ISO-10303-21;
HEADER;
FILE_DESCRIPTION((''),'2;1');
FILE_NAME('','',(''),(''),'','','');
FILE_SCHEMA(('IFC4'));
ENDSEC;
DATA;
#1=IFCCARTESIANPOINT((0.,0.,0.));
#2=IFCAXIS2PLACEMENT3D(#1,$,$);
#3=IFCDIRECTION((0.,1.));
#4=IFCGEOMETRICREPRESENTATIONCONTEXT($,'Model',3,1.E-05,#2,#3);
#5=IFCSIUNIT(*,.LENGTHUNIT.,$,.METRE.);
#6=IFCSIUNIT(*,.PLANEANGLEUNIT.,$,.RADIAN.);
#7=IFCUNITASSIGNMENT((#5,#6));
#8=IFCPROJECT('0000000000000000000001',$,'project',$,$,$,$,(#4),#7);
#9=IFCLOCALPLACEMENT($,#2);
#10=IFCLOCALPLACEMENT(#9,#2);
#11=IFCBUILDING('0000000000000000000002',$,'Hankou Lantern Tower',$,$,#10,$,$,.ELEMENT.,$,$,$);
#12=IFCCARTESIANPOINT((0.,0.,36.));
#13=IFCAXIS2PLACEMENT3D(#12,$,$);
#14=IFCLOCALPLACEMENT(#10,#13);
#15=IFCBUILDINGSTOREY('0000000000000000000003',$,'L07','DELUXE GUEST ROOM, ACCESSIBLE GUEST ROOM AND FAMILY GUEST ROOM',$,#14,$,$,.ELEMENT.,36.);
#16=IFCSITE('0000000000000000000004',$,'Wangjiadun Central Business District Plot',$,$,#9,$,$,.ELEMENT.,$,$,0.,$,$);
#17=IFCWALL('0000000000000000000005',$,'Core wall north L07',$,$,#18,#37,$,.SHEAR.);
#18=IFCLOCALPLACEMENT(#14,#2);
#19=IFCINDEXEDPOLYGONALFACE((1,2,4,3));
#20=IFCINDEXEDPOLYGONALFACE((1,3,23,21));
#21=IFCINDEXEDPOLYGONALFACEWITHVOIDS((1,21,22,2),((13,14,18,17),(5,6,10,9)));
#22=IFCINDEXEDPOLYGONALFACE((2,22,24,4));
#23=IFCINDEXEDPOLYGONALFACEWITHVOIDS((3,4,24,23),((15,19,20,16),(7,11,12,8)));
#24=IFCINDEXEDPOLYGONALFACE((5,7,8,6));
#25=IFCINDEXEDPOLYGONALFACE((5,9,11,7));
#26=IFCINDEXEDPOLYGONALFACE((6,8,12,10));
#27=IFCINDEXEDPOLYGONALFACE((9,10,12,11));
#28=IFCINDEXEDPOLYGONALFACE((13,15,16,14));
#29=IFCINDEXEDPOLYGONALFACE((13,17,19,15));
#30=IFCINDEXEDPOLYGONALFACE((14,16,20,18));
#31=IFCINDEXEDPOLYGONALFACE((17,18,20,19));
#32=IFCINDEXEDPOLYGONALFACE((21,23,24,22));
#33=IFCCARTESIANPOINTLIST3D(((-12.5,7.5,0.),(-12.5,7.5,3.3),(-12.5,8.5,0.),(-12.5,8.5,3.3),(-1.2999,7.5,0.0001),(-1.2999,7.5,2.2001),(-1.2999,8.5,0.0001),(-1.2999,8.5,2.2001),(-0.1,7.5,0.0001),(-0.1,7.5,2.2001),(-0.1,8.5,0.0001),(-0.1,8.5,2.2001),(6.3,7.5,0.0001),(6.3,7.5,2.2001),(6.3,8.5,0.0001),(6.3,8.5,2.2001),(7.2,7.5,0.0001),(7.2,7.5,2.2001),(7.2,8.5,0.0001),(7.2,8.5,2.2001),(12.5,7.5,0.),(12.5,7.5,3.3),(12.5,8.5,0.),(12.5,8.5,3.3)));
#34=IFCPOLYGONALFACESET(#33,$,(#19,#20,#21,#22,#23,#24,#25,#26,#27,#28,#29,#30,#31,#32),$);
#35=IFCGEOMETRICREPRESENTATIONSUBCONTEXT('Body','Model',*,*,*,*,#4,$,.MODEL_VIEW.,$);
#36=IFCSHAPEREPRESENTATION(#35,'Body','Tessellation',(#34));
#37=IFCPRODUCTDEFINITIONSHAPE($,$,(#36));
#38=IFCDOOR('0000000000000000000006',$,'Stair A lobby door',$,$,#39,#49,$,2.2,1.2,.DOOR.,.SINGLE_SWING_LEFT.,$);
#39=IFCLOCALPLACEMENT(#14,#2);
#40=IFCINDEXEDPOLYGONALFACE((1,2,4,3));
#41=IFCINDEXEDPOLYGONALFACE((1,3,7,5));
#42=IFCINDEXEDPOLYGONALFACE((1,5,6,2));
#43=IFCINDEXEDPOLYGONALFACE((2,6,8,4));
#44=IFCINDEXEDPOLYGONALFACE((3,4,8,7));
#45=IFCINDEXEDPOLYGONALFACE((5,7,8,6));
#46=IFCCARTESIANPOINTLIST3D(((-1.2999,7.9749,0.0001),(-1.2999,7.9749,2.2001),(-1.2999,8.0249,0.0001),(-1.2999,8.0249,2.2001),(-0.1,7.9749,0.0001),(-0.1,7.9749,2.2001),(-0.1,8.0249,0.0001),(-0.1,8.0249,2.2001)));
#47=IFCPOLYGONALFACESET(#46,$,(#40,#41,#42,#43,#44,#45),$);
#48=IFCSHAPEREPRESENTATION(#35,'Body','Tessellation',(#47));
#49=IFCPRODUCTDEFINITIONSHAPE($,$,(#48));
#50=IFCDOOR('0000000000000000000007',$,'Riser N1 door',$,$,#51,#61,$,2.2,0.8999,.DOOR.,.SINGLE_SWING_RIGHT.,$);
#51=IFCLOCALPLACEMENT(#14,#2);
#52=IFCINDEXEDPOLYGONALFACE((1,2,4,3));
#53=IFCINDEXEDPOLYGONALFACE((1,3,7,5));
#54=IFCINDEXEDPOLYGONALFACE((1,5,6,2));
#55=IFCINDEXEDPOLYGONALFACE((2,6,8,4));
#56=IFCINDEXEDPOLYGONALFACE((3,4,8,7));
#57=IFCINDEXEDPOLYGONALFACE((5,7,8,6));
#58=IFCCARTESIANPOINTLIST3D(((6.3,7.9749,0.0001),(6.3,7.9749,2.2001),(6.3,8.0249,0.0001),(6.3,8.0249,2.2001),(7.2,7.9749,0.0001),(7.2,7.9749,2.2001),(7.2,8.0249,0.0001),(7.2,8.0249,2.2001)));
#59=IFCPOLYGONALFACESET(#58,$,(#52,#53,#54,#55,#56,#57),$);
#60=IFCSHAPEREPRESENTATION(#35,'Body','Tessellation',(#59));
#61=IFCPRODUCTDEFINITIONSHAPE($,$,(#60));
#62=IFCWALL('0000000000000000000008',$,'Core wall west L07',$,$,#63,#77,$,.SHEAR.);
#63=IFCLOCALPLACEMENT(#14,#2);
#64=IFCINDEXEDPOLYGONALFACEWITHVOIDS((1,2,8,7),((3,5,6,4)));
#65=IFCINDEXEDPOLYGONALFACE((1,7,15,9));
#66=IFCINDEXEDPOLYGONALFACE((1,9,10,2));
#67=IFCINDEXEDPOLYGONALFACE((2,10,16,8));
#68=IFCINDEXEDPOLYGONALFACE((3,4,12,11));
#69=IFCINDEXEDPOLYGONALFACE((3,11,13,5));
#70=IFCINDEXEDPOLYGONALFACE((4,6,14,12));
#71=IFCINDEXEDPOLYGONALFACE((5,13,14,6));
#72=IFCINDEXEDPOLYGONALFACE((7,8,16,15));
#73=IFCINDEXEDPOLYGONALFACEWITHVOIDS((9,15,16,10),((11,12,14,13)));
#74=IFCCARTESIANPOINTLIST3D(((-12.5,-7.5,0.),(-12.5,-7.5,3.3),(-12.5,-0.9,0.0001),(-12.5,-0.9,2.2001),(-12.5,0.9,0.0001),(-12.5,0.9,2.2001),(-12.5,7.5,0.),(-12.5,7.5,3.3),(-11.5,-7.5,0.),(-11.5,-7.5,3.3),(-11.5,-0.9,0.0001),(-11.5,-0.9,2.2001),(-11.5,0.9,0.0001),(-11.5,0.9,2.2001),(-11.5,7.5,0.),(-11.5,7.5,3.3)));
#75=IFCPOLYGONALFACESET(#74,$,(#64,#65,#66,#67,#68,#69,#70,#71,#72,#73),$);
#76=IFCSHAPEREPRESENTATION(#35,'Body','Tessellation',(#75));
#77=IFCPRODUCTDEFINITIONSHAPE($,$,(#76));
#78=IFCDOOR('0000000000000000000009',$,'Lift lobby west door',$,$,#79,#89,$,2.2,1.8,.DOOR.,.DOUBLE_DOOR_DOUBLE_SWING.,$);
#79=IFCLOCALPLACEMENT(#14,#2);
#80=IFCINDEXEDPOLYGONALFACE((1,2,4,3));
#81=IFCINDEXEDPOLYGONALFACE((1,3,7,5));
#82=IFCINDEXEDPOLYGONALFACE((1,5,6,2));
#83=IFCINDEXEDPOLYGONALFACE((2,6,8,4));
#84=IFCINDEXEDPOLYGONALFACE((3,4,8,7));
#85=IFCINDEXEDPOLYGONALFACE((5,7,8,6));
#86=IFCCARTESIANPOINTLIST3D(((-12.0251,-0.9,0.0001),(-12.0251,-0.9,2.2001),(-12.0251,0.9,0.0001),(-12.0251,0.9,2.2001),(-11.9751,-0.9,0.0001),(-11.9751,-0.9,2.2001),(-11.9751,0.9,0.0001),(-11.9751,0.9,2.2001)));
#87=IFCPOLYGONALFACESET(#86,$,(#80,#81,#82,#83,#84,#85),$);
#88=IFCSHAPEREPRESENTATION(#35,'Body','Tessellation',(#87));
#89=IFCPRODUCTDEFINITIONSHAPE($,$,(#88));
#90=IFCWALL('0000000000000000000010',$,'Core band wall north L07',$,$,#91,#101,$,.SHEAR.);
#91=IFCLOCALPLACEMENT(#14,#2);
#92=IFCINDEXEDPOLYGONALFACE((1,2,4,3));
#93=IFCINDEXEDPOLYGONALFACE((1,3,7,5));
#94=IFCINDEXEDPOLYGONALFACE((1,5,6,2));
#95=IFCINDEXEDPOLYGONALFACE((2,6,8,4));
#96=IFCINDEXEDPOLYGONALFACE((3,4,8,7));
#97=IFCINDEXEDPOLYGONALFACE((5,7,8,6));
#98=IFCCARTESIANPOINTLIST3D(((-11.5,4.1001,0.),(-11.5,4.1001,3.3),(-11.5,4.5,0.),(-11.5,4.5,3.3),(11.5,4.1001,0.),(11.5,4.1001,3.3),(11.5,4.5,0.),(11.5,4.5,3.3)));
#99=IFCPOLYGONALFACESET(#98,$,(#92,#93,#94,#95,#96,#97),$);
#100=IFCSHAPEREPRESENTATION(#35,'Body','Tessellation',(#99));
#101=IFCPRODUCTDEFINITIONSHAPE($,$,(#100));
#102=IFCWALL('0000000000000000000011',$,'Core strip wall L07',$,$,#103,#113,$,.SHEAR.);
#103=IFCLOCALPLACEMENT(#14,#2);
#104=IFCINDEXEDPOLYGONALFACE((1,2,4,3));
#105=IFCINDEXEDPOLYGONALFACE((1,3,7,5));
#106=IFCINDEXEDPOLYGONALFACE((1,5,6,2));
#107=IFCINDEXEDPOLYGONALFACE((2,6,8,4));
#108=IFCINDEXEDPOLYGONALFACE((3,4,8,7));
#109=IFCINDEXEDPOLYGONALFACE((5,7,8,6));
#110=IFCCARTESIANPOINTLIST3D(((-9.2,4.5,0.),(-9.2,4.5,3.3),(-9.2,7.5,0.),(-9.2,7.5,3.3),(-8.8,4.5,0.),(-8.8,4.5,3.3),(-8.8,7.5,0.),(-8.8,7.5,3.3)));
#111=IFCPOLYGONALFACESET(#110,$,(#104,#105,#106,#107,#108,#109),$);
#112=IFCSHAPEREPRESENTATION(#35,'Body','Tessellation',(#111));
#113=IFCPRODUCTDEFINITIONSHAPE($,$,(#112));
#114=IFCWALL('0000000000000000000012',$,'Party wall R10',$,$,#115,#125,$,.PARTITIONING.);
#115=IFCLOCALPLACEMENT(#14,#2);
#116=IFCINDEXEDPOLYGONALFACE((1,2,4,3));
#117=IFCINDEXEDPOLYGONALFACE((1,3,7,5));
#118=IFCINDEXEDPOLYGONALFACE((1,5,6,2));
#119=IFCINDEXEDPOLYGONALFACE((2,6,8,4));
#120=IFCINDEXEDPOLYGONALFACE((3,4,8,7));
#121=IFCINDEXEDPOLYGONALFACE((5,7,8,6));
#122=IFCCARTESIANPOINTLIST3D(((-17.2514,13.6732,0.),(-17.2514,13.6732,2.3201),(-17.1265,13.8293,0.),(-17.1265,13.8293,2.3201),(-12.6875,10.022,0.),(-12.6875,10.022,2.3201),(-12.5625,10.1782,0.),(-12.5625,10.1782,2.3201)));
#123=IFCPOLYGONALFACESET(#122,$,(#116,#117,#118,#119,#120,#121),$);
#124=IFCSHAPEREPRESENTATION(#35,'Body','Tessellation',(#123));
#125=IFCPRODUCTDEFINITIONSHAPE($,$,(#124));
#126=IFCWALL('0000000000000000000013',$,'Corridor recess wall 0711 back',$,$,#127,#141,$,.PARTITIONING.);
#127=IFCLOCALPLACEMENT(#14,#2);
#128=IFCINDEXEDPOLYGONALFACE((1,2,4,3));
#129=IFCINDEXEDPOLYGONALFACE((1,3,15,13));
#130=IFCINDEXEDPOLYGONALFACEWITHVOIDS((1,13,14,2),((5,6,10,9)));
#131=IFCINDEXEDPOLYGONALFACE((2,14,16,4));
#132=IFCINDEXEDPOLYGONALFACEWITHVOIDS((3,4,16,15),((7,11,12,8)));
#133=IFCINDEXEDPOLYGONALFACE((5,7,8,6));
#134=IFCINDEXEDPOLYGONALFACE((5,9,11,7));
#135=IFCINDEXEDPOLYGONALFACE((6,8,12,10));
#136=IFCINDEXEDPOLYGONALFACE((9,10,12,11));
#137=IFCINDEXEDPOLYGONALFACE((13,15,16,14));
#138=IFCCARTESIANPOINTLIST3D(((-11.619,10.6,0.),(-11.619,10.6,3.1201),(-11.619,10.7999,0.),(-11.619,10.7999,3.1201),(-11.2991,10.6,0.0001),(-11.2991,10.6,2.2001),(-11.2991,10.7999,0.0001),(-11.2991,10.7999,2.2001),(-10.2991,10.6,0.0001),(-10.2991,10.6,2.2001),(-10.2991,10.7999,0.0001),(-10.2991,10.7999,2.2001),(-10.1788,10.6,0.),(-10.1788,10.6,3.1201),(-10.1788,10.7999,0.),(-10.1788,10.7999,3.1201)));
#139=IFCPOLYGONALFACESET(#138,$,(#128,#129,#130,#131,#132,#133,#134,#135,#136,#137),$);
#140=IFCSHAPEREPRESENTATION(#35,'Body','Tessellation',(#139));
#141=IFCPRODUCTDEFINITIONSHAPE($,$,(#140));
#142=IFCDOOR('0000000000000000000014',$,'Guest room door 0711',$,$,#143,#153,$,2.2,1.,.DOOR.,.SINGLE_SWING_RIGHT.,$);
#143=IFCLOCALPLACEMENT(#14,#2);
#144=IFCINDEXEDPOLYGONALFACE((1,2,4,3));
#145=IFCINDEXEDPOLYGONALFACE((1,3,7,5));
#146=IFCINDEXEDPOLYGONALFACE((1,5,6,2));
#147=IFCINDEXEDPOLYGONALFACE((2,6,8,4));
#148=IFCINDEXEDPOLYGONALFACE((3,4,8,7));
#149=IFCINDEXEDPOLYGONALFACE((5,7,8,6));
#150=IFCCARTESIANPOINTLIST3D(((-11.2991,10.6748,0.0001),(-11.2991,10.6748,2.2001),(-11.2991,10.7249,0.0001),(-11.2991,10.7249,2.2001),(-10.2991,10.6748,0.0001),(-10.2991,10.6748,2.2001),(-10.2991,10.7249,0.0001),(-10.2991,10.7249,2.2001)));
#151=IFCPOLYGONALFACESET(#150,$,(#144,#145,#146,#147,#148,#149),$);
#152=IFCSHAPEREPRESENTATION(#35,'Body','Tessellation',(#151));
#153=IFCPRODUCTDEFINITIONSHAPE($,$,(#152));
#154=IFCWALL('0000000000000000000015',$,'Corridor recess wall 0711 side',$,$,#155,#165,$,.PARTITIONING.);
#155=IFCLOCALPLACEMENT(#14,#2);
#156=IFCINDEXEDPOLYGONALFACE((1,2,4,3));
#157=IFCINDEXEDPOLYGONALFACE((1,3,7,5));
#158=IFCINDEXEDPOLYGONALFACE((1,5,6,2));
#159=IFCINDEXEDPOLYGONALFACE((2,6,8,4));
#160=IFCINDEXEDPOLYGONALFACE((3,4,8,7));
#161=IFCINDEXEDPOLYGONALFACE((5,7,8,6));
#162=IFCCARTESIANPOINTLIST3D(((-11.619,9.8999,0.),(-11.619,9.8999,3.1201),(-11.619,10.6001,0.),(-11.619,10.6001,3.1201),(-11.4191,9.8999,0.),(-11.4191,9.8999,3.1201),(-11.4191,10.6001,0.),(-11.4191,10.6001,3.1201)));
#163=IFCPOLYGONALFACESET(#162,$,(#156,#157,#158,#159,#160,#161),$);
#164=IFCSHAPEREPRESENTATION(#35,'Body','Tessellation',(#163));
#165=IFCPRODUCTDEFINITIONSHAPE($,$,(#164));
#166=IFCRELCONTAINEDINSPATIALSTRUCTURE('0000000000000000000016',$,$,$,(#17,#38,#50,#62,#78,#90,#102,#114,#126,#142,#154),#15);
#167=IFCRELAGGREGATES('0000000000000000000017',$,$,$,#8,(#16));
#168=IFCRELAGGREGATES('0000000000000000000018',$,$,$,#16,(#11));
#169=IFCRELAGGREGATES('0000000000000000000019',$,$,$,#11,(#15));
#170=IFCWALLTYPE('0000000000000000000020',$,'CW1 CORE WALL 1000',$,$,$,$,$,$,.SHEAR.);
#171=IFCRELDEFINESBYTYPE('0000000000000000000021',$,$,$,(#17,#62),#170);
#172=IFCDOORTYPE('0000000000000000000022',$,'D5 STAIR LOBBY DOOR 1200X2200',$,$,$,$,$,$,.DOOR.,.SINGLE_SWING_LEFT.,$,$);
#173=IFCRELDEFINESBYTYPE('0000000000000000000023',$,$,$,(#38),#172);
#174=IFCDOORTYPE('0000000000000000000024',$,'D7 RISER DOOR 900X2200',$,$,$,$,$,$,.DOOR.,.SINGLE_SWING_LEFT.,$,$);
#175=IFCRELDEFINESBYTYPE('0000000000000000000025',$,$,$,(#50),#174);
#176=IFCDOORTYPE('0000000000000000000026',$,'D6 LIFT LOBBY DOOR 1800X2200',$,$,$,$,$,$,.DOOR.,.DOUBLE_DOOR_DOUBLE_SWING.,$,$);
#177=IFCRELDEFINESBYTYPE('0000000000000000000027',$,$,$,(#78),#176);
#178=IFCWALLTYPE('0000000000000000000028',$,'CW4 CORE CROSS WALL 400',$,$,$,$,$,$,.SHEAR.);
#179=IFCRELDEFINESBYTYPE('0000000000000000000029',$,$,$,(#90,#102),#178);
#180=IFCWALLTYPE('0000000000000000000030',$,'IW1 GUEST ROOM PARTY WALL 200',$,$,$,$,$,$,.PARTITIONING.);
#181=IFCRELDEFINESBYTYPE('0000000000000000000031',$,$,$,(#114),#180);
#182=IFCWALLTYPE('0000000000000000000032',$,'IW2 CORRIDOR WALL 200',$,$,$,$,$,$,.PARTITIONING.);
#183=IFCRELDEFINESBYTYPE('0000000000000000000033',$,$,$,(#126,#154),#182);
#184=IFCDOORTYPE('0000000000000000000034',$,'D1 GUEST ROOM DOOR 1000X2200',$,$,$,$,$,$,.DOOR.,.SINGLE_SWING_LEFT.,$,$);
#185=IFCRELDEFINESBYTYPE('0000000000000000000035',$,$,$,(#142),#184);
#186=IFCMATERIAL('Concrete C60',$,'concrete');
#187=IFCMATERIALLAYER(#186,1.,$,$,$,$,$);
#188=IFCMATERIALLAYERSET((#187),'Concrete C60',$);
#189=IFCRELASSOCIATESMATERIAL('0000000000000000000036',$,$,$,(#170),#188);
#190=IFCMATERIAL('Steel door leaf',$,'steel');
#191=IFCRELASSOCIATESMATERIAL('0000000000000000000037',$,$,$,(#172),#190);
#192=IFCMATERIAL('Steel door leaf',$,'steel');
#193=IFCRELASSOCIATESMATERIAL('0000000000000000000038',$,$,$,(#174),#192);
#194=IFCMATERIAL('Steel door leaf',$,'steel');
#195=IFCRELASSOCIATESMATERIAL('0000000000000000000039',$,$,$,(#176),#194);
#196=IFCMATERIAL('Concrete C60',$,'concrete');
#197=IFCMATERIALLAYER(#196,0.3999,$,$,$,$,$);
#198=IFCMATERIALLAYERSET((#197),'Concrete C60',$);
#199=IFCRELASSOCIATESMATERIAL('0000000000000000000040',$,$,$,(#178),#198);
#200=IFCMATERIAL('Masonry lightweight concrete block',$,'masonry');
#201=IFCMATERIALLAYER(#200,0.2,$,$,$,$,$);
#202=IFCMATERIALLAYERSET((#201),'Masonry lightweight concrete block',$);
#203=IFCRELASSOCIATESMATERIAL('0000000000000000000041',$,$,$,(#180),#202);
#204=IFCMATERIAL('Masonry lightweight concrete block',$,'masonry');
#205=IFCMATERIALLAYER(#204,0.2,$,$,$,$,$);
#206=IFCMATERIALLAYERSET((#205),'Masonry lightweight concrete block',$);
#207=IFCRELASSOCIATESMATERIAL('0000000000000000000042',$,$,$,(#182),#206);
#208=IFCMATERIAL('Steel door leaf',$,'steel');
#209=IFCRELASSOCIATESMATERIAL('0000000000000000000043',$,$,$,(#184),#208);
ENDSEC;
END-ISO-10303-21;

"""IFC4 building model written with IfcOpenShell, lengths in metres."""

from ifc_helpers import new_model, si_unit, direction, frame, frame_2d, origin, place, context, subcontext, project, spatial, rectangle, extrude, material, layer, layer_set, type_object, element, fill, save


model = new_model("IFC4")

# Units and contexts
model_context = context("Model", 3, precision=1e-05, world=origin(), true_north=direction((0.0, 1.0)))
body_context = subcontext(model_context, "Body", "Model", "MODEL_VIEW")
ifc_project = project(units=[si_unit("LENGTHUNIT", "METRE"), si_unit("PLANEANGLEUNIT", "RADIAN")], contexts=[model_context])

# Site, building, storey
site_placement = place(None, origin())
site = spatial("IfcSite", under=ifc_project, at=site_placement, Name="Wangjiadun Central Business District Plot", CompositionType="ELEMENT", RefElevation=0.0)
building_placement = place(site_placement, origin())
building = spatial("IfcBuilding", under=site, at=building_placement, Name="Hankou Lantern Tower", CompositionType="ELEMENT")
storey_placement = place(building_placement, frame((0.0, 0.0, 36.0)))
storey = spatial("IfcBuildingStorey", under=building, at=storey_placement, Name="L07", Description="DELUXE GUEST ROOM, ACCESSIBLE GUEST ROOM AND FAMILY GUEST ROOM", CompositionType="ELEMENT", Elevation=36.0)

# Wall, openings, doors
ifc_material_1 = material(Name="Concrete C60", Category="concrete")
ifc_layer_1 = layer(ifc_material_1, 1.0)
ifc_layer_set_1 = layer_set([ifc_layer_1], Name="Concrete C60")
wall_type_1 = type_object("IfcWallType", Name="CW1 CORE WALL 1000", PredefinedType="SHEAR", material=ifc_layer_set_1)
wall_1_placement = place(storey_placement, frame((-12.5, 8.0, 0.0), z_axis=(0.0, 0.0, 1.0), x_axis=(1.0, 0.0, 0.0)))
wall_1 = element("IfcWall", 1, at=wall_1_placement, inside=storey, type_object=wall_type_1, Name="Core wall north L07", PredefinedType="SHEAR", context=body_context, shape_type="SweptSolid", body=[
    extrude(rectangle(XDim=25.0, YDim=1.0, at=frame_2d((12.5, 0.0))), origin(), (0.0, 0.0, 1.0), 3.3),
])
opening_1_placement = place(wall_1_placement, frame((11.2, 0.0, 0.0)))
opening_1 = element("IfcOpeningElement", 2, at=opening_1_placement, cuts=wall_1, PredefinedType="OPENING", context=body_context, shape_type="SweptSolid", body=[
    extrude(rectangle(XDim=1.2, YDim=2.2, at=frame_2d((0.6001, 1.1001))), frame((0.0, 0.51, 0.0), z_axis=(0.0, -1.0, 0.0), x_axis=(1.0, 0.0, 0.0)), (0.0, 0.0, 1.0), 1.02),
])
opening_2_placement = place(wall_1_placement, frame((18.8, 0.0, 0.0)))
opening_2 = element("IfcOpeningElement", 3, at=opening_2_placement, cuts=wall_1, PredefinedType="OPENING", context=body_context, shape_type="SweptSolid", body=[
    extrude(rectangle(XDim=0.8999, YDim=2.2, at=frame_2d((0.45, 1.1001))), frame((0.0, 0.51, 0.0), z_axis=(0.0, -1.0, 0.0), x_axis=(1.0, 0.0, 0.0)), (0.0, 0.0, 1.0), 1.02),
])
ifc_material_2 = material(Name="Steel door leaf", Category="steel")
door_type_1 = type_object("IfcDoorType", Name="D5 STAIR LOBBY DOOR 1200X2200", OperationType="SINGLE_SWING_LEFT", PredefinedType="DOOR", material=ifc_material_2)
door_1_placement = place(opening_1_placement, origin())
door_1 = element("IfcDoor", 4, at=door_1_placement, inside=storey, type_object=door_type_1, Name="Stair A lobby door", OperationType="SINGLE_SWING_LEFT", OverallHeight=2.2, OverallWidth=1.2, PredefinedType="DOOR", context=body_context, shape_type="SweptSolid", body=[
    extrude(rectangle(XDim=1.2, YDim=2.2, at=frame_2d((0.6001, 1.1001))), frame((0.0, 0.0249, 0.0), z_axis=(0.0, -1.0, 0.0), x_axis=(1.0, 0.0, 0.0)), (0.0, 0.0, 1.0), 0.05),
])
fill(opening_1, door_1)
ifc_material_3 = material(Name="Steel door leaf", Category="steel")
door_type_2 = type_object("IfcDoorType", Name="D7 RISER DOOR 900X2200", OperationType="SINGLE_SWING_LEFT", PredefinedType="DOOR", material=ifc_material_3)
door_2_placement = place(opening_2_placement, origin())
door_2 = element("IfcDoor", 5, at=door_2_placement, inside=storey, type_object=door_type_2, Name="Riser N1 door", OperationType="SINGLE_SWING_RIGHT", OverallHeight=2.2, OverallWidth=0.8999, PredefinedType="DOOR", context=body_context, shape_type="SweptSolid", body=[
    extrude(rectangle(XDim=0.8999, YDim=2.2, at=frame_2d((0.45, 1.1001))), frame((0.0, 0.0249, 0.0), z_axis=(0.0, -1.0, 0.0), x_axis=(1.0, 0.0, 0.0)), (0.0, 0.0, 1.0), 0.05),
])
fill(opening_2, door_2)

# Wall, opening, door
wall_2_placement = place(storey_placement, frame((-12.0, 7.5, 0.0), z_axis=(0.0, 0.0, 1.0), x_axis=(0.0, -1.0, 0.0)))
wall_2 = element("IfcWall", 6, at=wall_2_placement, inside=storey, type_object=wall_type_1, Name="Core wall west L07", PredefinedType="SHEAR", context=body_context, shape_type="SweptSolid", body=[
    extrude(rectangle(XDim=15.0, YDim=1.0, at=frame_2d((7.5, 0.0))), origin(), (0.0, 0.0, 1.0), 3.3),
])
opening_3_placement = place(wall_2_placement, frame((6.6001, 0.0, 0.0)))
opening_3 = element("IfcOpeningElement", 7, at=opening_3_placement, cuts=wall_2, PredefinedType="OPENING", context=body_context, shape_type="SweptSolid", body=[
    extrude(rectangle(XDim=1.8, YDim=2.2, at=frame_2d((0.8999, 1.1001))), frame((0.0, 0.51, 0.0), z_axis=(0.0, -1.0, 0.0), x_axis=(1.0, 0.0, 0.0)), (0.0, 0.0, 1.0), 1.02),
])
ifc_material_4 = material(Name="Steel door leaf", Category="steel")
door_type_3 = type_object("IfcDoorType", Name="D6 LIFT LOBBY DOOR 1800X2200", OperationType="DOUBLE_DOOR_DOUBLE_SWING", PredefinedType="DOOR", material=ifc_material_4)
door_3_placement = place(opening_3_placement, origin())
door_3 = element("IfcDoor", 8, at=door_3_placement, inside=storey, type_object=door_type_3, Name="Lift lobby west door", OperationType="DOUBLE_DOOR_DOUBLE_SWING", OverallHeight=2.2, OverallWidth=1.8, PredefinedType="DOOR", context=body_context, shape_type="SweptSolid", body=[
    extrude(rectangle(XDim=1.8, YDim=2.2, at=frame_2d((0.8999, 1.1001))), frame((0.0, 0.0249, 0.0), z_axis=(0.0, -1.0, 0.0), x_axis=(1.0, 0.0, 0.0)), (0.0, 0.0, 1.0), 0.05),
])
fill(opening_3, door_3)

# Walls
ifc_material_5 = material(Name="Concrete C60", Category="concrete")
ifc_layer_2 = layer(ifc_material_5, 0.3999)
ifc_layer_set_2 = layer_set([ifc_layer_2], Name="Concrete C60")
wall_type_2 = type_object("IfcWallType", Name="CW4 CORE CROSS WALL 400", PredefinedType="SHEAR", material=ifc_layer_set_2)
wall_3_placement = place(storey_placement, frame((-11.5, 4.3, 0.0), z_axis=(0.0, 0.0, 1.0), x_axis=(1.0, 0.0, 0.0)))
element("IfcWall", 9, at=wall_3_placement, inside=storey, type_object=wall_type_2, Name="Core band wall north L07", PredefinedType="SHEAR", context=body_context, shape_type="SweptSolid", body=[
    extrude(rectangle(XDim=23.0, YDim=0.3999, at=frame_2d((11.5, 0.0))), origin(), (0.0, 0.0, 1.0), 3.3),
])
wall_4_placement = place(storey_placement, frame((-9.0, 4.5, 0.0), z_axis=(0.0, 0.0, 1.0), x_axis=(0.0, 1.0, 0.0)))
element("IfcWall", 10, at=wall_4_placement, inside=storey, type_object=wall_type_2, Name="Core strip wall L07", PredefinedType="SHEAR", context=body_context, shape_type="SweptSolid", body=[
    extrude(rectangle(XDim=3.0, YDim=0.3999, at=frame_2d((1.5, 0.0))), origin(), (0.0, 0.0, 1.0), 3.3),
])
ifc_material_6 = material(Name="Masonry lightweight concrete block", Category="masonry")
ifc_layer_3 = layer(ifc_material_6, 0.2)
ifc_layer_set_3 = layer_set([ifc_layer_3], Name="Masonry lightweight concrete block")
wall_type_3 = type_object("IfcWallType", Name="IW1 GUEST ROOM PARTY WALL 200", PredefinedType="PARTITIONING", material=ifc_layer_set_3)
wall_5_placement = place(storey_placement, frame((-12.625, 10.1001, 0.0), z_axis=(0.0, 0.0, 1.0), x_axis=(-0.780873, 0.62469, 0.0)))
element("IfcWall", 11, at=wall_5_placement, inside=storey, type_object=wall_type_3, Name="Party wall R10", PredefinedType="PARTITIONING", context=body_context, shape_type="SweptSolid", body=[
    extrude(rectangle(XDim=5.8447, YDim=0.2, at=frame_2d((2.9224, 0.0))), origin(), (0.0, 0.0, 1.0), 2.3201),
])

# Wall, opening, door
ifc_material_7 = material(Name="Masonry lightweight concrete block", Category="masonry")
ifc_layer_4 = layer(ifc_material_7, 0.2)
ifc_layer_set_4 = layer_set([ifc_layer_4], Name="Masonry lightweight concrete block")
wall_type_4 = type_object("IfcWallType", Name="IW2 CORRIDOR WALL 200", PredefinedType="PARTITIONING", material=ifc_layer_set_4)
wall_6_placement = place(storey_placement, frame((-11.6191, 10.7, 0.0), z_axis=(0.0, 0.0, 1.0), x_axis=(1.0, 0.0, 0.0)))
wall_6 = element("IfcWall", 12, at=wall_6_placement, inside=storey, type_object=wall_type_4, Name="Corridor recess wall 0711 back", PredefinedType="PARTITIONING", context=body_context, shape_type="SweptSolid", body=[
    extrude(rectangle(XDim=1.4402, YDim=0.2, at=frame_2d((0.7202, 0.0))), origin(), (0.0, 0.0, 1.0), 3.1201),
])
opening_4_placement = place(wall_6_placement, frame((0.3201, 0.0, 0.0)))
opening_4 = element("IfcOpeningElement", 13, at=opening_4_placement, cuts=wall_6, PredefinedType="OPENING", context=body_context, shape_type="SweptSolid", body=[
    extrude(rectangle(XDim=1.0, YDim=2.2, at=frame_2d((0.5, 1.1001))), frame((0.0, 0.1099, 0.0), z_axis=(0.0, -1.0, 0.0), x_axis=(1.0, 0.0, 0.0)), (0.0, 0.0, 1.0), 0.22),
])
ifc_material_8 = material(Name="Steel door leaf", Category="steel")
door_type_4 = type_object("IfcDoorType", Name="D1 GUEST ROOM DOOR 1000X2200", OperationType="SINGLE_SWING_LEFT", PredefinedType="DOOR", material=ifc_material_8)
door_4_placement = place(opening_4_placement, origin())
door_4 = element("IfcDoor", 14, at=door_4_placement, inside=storey, type_object=door_type_4, Name="Guest room door 0711", OperationType="SINGLE_SWING_RIGHT", OverallHeight=2.2, OverallWidth=1.0, PredefinedType="DOOR", context=body_context, shape_type="SweptSolid", body=[
    extrude(rectangle(XDim=1.0, YDim=2.2, at=frame_2d((0.5, 1.1001))), frame((0.0, 0.0249, 0.0), z_axis=(0.0, -1.0, 0.0), x_axis=(1.0, 0.0, 0.0)), (0.0, 0.0, 1.0), 0.05),
])
fill(opening_4, door_4)

# Wall
wall_7_placement = place(storey_placement, frame((-11.519, 9.8999, 0.0), z_axis=(0.0, 0.0, 1.0), x_axis=(0.0, 1.0, 0.0)))
element("IfcWall", 15, at=wall_7_placement, inside=storey, type_object=wall_type_4, Name="Corridor recess wall 0711 side", PredefinedType="PARTITIONING", context=body_context, shape_type="SweptSolid", body=[
    extrude(rectangle(XDim=0.7002, YDim=0.2, at=frame_2d((0.3501, 0.0))), origin(), (0.0, 0.0, 1.0), 3.1201),
])

save(model, "model.ifc")
